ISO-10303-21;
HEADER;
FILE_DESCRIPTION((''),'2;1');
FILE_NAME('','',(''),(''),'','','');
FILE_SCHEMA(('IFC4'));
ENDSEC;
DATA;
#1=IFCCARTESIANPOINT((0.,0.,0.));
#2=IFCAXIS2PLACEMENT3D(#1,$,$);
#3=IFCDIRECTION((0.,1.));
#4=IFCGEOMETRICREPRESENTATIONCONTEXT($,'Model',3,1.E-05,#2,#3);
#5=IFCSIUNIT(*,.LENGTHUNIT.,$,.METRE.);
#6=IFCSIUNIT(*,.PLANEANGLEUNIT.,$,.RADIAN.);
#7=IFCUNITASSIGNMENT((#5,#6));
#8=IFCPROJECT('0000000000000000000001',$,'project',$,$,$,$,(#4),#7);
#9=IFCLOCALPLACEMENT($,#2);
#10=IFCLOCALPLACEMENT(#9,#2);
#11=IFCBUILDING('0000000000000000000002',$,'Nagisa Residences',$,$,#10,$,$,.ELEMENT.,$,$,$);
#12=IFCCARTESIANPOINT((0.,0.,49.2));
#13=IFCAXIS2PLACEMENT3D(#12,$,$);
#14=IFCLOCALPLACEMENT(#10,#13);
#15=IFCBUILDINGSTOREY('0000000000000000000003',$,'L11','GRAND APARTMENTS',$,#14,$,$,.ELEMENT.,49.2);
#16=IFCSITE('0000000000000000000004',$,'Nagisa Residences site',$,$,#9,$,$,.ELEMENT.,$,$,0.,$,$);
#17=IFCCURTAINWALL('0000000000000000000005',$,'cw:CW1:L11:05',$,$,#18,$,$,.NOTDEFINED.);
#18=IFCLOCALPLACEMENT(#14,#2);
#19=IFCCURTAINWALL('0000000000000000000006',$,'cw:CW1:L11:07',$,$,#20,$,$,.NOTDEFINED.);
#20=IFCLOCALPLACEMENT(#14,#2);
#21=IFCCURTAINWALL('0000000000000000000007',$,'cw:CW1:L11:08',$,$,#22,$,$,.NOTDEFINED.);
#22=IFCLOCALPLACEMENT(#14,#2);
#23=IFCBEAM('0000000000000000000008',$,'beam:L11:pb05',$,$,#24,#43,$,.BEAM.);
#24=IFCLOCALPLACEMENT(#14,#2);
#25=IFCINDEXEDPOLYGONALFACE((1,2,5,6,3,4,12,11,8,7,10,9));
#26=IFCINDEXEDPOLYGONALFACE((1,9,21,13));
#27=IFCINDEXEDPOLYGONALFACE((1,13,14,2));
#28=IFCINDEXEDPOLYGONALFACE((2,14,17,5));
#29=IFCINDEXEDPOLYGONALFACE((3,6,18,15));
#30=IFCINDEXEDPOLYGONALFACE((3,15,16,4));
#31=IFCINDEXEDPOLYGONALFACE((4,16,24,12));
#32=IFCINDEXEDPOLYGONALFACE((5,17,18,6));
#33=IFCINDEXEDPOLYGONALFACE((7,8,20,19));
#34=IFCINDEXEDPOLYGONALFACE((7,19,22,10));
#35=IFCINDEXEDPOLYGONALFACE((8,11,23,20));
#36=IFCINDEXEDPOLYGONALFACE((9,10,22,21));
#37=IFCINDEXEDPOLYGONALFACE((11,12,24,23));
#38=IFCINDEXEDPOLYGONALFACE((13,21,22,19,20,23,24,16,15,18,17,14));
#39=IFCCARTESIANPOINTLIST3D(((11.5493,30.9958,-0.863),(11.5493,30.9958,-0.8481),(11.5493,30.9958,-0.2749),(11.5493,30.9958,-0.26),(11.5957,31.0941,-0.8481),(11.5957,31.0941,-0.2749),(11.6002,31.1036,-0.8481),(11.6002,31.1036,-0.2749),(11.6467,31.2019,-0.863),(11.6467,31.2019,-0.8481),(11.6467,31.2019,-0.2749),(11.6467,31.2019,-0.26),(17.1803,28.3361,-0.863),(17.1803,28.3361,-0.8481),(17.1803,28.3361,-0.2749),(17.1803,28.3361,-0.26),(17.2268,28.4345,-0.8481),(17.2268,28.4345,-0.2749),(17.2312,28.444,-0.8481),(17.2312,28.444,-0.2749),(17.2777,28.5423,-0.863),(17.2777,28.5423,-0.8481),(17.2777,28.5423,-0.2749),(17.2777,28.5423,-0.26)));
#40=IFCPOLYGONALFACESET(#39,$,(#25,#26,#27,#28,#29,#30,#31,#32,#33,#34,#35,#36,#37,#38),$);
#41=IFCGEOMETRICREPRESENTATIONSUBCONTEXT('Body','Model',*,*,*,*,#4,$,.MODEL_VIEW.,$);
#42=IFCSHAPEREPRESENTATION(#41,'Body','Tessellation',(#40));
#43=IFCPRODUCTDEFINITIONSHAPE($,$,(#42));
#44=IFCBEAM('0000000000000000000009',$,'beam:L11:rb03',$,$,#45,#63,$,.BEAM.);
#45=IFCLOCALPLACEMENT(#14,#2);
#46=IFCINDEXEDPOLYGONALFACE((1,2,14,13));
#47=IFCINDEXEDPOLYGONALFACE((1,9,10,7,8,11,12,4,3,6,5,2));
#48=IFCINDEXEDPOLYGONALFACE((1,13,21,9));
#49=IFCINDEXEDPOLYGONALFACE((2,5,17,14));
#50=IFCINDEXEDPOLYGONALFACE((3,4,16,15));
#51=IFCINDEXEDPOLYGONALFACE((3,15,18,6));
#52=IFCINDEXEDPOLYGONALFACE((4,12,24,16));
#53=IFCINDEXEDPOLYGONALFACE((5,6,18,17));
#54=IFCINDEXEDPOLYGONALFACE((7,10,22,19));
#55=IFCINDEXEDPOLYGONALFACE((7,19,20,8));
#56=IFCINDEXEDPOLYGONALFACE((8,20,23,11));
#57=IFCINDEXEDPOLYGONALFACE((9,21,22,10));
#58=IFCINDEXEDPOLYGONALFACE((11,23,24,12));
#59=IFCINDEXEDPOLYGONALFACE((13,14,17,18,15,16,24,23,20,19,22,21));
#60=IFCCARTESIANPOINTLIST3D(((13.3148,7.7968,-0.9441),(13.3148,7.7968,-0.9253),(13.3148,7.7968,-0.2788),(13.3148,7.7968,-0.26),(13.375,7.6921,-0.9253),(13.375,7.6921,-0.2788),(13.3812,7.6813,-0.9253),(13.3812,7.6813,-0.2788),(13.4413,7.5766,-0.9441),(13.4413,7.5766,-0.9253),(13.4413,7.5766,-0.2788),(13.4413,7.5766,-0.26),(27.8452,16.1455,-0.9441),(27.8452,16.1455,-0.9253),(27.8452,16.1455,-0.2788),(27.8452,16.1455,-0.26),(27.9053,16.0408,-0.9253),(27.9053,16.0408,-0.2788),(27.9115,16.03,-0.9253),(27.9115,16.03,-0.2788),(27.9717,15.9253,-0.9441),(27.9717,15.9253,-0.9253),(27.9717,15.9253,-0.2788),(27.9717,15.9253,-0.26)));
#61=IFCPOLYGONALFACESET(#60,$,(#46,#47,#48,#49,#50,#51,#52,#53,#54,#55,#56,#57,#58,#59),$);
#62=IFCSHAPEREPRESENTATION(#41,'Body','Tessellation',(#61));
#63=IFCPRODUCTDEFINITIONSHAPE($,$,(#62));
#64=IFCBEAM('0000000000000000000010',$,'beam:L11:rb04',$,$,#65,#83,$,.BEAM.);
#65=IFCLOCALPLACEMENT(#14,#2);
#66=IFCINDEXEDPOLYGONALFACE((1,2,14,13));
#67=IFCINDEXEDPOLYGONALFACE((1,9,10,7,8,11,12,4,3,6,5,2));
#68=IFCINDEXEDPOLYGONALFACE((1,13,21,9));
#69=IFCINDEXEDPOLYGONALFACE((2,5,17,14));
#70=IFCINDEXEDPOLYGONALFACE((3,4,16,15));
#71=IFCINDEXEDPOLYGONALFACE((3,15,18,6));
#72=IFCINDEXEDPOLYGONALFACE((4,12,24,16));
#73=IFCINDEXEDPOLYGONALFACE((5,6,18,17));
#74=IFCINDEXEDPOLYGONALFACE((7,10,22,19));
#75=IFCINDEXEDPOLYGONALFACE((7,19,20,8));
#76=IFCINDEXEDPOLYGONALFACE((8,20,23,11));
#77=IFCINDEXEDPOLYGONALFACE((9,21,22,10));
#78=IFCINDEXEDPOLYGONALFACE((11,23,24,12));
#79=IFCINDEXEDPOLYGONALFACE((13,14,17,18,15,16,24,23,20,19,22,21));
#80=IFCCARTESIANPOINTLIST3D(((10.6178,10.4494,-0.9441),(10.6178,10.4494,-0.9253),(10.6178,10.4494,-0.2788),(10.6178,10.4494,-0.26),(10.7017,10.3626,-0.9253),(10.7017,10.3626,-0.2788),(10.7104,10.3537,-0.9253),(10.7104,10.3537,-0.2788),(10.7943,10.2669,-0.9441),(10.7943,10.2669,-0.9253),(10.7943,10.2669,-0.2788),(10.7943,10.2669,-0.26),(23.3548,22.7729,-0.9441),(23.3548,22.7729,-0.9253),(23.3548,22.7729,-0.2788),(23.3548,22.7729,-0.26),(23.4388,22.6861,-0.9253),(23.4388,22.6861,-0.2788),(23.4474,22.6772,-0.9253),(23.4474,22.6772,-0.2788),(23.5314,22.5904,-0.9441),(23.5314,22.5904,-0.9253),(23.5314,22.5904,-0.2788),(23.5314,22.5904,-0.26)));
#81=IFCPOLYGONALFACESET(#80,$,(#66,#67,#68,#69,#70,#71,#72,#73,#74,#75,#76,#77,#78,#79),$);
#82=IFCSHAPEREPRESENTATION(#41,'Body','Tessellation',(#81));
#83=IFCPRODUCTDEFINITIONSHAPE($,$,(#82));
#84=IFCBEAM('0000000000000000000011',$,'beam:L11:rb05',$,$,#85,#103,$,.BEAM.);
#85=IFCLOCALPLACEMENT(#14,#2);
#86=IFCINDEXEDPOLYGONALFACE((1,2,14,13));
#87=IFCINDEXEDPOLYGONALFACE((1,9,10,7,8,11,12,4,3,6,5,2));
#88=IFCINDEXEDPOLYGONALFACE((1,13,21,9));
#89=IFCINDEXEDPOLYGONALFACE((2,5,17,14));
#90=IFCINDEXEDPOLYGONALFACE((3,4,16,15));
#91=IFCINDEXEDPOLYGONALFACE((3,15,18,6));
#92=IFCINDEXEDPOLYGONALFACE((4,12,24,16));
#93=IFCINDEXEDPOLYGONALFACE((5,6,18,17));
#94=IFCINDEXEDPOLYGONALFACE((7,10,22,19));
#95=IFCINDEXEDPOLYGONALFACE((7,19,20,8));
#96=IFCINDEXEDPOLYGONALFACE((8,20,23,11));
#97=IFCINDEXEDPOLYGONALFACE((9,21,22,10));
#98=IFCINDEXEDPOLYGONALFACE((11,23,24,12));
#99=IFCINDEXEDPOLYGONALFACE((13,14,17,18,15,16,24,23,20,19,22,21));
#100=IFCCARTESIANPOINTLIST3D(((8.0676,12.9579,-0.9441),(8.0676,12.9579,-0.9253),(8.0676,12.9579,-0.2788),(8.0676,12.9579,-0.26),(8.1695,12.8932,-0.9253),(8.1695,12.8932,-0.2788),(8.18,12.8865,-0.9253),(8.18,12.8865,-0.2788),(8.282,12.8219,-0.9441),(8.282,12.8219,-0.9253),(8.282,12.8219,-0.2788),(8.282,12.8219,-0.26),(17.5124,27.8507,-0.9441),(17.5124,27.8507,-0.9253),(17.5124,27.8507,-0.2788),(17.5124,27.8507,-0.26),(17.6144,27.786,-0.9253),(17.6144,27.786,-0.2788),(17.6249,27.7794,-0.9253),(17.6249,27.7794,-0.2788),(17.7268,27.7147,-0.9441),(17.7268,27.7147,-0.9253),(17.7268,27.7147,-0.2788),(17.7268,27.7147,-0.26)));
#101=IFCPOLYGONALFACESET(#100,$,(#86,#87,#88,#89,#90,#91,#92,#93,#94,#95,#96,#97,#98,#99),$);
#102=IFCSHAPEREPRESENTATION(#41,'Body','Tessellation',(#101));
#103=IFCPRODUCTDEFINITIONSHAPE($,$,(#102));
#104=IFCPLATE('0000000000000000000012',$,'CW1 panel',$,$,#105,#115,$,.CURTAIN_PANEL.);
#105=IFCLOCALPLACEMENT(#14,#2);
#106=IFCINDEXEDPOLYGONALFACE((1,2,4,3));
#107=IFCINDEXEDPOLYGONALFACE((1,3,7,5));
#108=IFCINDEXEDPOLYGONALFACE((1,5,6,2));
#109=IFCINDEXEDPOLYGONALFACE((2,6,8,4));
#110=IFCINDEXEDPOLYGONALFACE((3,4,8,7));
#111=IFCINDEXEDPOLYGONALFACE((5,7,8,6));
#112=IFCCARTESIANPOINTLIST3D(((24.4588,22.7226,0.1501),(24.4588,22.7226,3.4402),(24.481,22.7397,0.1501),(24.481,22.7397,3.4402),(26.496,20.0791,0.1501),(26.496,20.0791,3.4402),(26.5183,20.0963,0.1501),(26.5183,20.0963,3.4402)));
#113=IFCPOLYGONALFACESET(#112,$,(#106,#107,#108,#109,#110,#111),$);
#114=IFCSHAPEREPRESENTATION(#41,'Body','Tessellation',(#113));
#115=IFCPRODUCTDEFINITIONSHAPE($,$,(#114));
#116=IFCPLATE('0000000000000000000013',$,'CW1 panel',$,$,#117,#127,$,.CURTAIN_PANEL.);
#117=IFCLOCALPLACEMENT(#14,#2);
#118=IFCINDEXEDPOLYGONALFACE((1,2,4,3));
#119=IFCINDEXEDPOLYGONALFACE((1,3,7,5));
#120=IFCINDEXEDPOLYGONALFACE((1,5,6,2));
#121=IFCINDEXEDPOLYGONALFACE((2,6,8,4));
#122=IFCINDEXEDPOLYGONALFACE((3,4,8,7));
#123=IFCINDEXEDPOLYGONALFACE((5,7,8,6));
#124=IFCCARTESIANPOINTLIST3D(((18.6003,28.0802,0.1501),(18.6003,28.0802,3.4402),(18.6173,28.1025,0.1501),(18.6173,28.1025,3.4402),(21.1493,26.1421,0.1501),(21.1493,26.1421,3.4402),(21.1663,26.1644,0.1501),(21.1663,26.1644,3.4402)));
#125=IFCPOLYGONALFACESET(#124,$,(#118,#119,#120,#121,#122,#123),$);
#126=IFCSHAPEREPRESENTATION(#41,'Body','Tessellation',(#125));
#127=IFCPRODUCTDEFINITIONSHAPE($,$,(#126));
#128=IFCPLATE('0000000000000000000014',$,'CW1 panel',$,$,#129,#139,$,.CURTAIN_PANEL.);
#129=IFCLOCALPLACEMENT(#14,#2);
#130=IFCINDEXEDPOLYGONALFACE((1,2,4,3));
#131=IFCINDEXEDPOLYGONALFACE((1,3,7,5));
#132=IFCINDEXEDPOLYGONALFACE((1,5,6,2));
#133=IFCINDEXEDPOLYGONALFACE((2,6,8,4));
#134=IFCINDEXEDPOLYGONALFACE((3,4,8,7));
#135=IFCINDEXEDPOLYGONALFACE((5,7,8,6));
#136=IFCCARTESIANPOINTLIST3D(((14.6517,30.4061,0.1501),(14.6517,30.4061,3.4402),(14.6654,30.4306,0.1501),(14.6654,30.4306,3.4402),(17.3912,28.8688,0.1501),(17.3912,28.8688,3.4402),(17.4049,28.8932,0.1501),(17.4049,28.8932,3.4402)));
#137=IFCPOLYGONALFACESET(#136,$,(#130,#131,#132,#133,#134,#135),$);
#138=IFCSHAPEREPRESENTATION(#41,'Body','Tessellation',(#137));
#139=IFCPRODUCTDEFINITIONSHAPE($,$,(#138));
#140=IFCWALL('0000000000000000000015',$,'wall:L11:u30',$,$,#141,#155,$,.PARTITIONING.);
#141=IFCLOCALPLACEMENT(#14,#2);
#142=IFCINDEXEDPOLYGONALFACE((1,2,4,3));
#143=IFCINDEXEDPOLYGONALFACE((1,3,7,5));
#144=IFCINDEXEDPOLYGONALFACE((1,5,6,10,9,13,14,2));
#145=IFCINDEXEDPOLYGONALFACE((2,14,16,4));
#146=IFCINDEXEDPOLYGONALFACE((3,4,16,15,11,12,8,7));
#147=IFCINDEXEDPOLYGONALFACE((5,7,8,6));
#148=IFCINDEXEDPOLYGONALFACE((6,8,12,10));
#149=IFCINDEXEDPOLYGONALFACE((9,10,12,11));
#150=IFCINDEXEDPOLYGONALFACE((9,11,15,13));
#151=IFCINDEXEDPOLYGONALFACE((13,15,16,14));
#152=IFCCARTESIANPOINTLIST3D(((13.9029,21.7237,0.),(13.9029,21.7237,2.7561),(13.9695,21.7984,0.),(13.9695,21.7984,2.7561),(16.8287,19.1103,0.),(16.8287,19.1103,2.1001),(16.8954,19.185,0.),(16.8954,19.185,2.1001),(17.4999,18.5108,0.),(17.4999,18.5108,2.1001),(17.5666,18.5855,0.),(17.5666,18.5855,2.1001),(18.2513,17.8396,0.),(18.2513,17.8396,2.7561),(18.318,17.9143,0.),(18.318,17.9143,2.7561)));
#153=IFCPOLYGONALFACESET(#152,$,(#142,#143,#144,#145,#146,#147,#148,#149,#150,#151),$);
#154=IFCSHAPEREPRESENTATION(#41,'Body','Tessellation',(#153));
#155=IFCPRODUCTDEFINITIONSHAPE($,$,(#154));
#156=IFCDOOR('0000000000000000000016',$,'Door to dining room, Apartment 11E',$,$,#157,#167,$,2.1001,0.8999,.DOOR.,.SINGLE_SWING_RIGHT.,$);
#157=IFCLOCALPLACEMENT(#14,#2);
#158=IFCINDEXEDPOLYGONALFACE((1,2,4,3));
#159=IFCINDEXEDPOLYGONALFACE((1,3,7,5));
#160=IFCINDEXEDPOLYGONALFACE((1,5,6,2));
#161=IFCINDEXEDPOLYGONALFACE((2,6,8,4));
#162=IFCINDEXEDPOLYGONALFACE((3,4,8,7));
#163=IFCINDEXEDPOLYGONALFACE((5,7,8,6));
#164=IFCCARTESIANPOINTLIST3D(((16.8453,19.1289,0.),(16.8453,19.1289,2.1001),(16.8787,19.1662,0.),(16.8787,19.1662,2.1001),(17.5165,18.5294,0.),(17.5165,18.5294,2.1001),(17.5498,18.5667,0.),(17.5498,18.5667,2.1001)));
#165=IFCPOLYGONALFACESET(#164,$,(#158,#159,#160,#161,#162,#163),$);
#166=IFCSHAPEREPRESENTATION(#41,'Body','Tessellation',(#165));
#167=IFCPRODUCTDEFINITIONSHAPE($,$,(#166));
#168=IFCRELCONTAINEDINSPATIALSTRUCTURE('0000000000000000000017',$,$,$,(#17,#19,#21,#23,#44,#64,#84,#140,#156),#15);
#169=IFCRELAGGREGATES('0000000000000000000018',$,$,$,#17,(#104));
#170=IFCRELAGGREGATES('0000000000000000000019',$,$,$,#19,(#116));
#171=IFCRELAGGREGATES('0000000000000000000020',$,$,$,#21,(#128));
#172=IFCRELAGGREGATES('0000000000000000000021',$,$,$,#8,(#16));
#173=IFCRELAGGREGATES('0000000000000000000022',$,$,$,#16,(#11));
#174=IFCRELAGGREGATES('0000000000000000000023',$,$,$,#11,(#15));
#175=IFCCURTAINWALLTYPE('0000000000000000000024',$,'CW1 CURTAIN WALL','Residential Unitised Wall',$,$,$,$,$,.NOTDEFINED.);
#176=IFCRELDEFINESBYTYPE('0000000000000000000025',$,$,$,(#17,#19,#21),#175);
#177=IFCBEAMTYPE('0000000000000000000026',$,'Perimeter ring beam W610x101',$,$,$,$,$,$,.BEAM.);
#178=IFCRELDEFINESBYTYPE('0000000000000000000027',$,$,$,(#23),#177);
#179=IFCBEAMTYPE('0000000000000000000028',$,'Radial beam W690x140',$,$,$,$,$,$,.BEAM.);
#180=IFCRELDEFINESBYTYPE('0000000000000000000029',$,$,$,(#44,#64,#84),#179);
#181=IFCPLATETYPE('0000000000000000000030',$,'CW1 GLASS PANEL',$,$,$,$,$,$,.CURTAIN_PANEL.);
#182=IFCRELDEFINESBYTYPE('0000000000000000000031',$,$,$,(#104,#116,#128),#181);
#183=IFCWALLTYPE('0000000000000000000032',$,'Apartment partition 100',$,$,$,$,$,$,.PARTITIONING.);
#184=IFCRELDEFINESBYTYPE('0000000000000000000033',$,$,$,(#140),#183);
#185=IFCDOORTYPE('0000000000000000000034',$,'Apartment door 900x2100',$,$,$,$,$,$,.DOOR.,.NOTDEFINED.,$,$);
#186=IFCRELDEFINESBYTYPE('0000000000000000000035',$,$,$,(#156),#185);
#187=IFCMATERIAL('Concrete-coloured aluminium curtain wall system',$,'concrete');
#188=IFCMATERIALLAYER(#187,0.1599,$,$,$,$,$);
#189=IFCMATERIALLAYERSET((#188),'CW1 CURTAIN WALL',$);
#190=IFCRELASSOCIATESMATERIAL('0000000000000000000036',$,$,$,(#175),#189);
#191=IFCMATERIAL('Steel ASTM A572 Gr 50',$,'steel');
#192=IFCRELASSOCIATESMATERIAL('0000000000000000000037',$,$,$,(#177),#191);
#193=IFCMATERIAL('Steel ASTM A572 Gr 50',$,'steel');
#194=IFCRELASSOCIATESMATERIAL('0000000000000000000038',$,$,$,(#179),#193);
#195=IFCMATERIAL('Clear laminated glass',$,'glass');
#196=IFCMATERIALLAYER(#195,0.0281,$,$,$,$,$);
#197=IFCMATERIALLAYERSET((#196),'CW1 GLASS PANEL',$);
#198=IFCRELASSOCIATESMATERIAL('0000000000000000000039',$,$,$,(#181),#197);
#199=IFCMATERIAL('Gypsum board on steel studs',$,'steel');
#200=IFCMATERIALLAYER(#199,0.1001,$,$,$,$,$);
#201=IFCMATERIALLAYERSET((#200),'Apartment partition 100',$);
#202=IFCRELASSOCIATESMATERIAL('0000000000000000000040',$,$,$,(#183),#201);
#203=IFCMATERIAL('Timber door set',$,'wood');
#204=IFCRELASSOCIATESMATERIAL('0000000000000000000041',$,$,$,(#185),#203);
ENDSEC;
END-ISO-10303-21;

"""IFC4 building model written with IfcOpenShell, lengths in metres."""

from ifc_helpers import new_model, si_unit, direction, frame, frame_2d, origin, origin_2d, place, context, subcontext, project, spatial, rectangle, i_section, extrude, material, layer, layer_set, material_profile, profile_set, type_object, element, fill, aggregate, save


model = new_model("IFC4")

# Units and contexts
model_context = context("Model", 3, precision=1e-05, world=origin(), true_north=direction((0.0, 1.0)))
body_context = subcontext(model_context, "Body", "Model", "MODEL_VIEW")
ifc_project = project(units=[si_unit("LENGTHUNIT", "METRE"), si_unit("PLANEANGLEUNIT", "RADIAN")], contexts=[model_context])

# Site, building, storey
site_placement = place(None, origin())
site = spatial("IfcSite", under=ifc_project, at=site_placement, Name="Nagisa Residences site", CompositionType="ELEMENT", RefElevation=0.0)
building_placement = place(site_placement, origin())
building = spatial("IfcBuilding", under=site, at=building_placement, Name="Nagisa Residences", CompositionType="ELEMENT")
storey_placement = place(building_placement, frame((0.0, 0.0, 49.2)))
storey = spatial("IfcBuildingStorey", under=building, at=storey_placement, Name="L11", Description="GRAND APARTMENTS", CompositionType="ELEMENT", Elevation=49.2)

# Curtain walls
ifc_material_1 = material(Name="Concrete-coloured aluminium curtain wall system", Category="concrete")
ifc_layer_1 = layer(ifc_material_1, 0.1599)
ifc_layer_set_1 = layer_set([ifc_layer_1], Name="CW1 CURTAIN WALL")
curtain_wall_type = type_object("IfcCurtainWallType", Name="CW1 CURTAIN WALL", Description="Residential Unitised Wall", PredefinedType="NOTDEFINED", material=ifc_layer_set_1)
curtain_wall_1_placement = place(storey_placement, origin())
curtain_wall_1 = element("IfcCurtainWall", 1, at=curtain_wall_1_placement, inside=storey, type_object=curtain_wall_type, Name="cw:CW1:L11:05", PredefinedType="NOTDEFINED")
curtain_wall_2_placement = place(storey_placement, origin())
curtain_wall_2 = element("IfcCurtainWall", 2, at=curtain_wall_2_placement, inside=storey, type_object=curtain_wall_type, Name="cw:CW1:L11:07", PredefinedType="NOTDEFINED")
curtain_wall_3_placement = place(storey_placement, origin())
curtain_wall_3 = element("IfcCurtainWall", 3, at=curtain_wall_3_placement, inside=storey, type_object=curtain_wall_type, Name="cw:CW1:L11:08", PredefinedType="NOTDEFINED")

# Beams
ifc_material_2 = material(Name="Steel ASTM A572 Gr 50", Category="steel")
ifc_material_profile_1 = material_profile(ifc_material_2, i_section(OverallWidth=0.228, OverallDepth=0.603, WebThickness=0.0105, FlangeThickness=0.0149, at=origin_2d()), Name="W610x101")
ifc_profile_set_1 = profile_set([ifc_material_profile_1], Name="Steel ASTM A572 Gr 50")
beam_type_1 = type_object("IfcBeamType", Name="Perimeter ring beam W610x101", PredefinedType="BEAM", material=ifc_profile_set_1)
beam_1_placement = place(storey_placement, frame((17.229, 28.4392, -0.5615), z_axis=(-0.904215, 0.427077, 0.0), x_axis=(-0.427077, -0.904215, 0.0)))
element("IfcBeam", 4, at=beam_1_placement, inside=storey, type_object=beam_type_1, Name="beam:L11:pb05", PredefinedType="BEAM", context=body_context, shape_type="SweptSolid", body=[
    extrude(i_section(OverallWidth=0.228, OverallDepth=0.603, WebThickness=0.0105, FlangeThickness=0.0149, at=origin_2d()), origin(), (0.0, 0.0, 1.0), 6.2275),
])
ifc_material_3 = material(Name="Steel ASTM A572 Gr 50", Category="steel")
ifc_material_profile_2 = material_profile(ifc_material_3, i_section(OverallWidth=0.2539, OverallDepth=0.6841, WebThickness=0.0125, FlangeThickness=0.0188, at=origin_2d()), Name="W690x140")
ifc_profile_set_2 = profile_set([ifc_material_profile_2], Name="Steel ASTM A572 Gr 50")
beam_type_2 = type_object("IfcBeamType", Name="Radial beam W690x140", PredefinedType="BEAM", material=ifc_profile_set_2)
beam_2_placement = place(storey_placement, frame((27.9084, 16.0354, -0.6021), z_axis=(-0.867068, -0.49819, 0.0), x_axis=(0.49819, -0.867068, 0.0)))
element("IfcBeam", 5, at=beam_2_placement, inside=storey, type_object=beam_type_2, Name="beam:L11:rb03", PredefinedType="BEAM", context=body_context, shape_type="SweptSolid", body=[
    extrude(i_section(OverallWidth=0.2539, OverallDepth=0.6841, WebThickness=0.0125, FlangeThickness=0.0188, at=origin_2d()), origin(), (0.0, 0.0, 1.0), 16.7581),
])
beam_3_placement = place(storey_placement, frame((23.4431, 22.6816, -0.6021), z_axis=(-0.718678, -0.695343, 0.0), x_axis=(0.695343, -0.718678, 0.0)))
element("IfcBeam", 6, at=beam_3_placement, inside=storey, type_object=beam_type_2, Name="beam:L11:rb04", PredefinedType="BEAM", context=body_context, shape_type="SweptSolid", body=[
    extrude(i_section(OverallWidth=0.2539, OverallDepth=0.6841, WebThickness=0.0125, FlangeThickness=0.0188, at=origin_2d()), origin(), (0.0, 0.0, 1.0), 17.7229),
])
beam_4_placement = place(storey_placement, frame((17.6196, 27.7827, -0.6021), z_axis=(-0.535566, -0.844493, 0.0), x_axis=(0.844493, -0.535566, 0.0)))
element("IfcBeam", 7, at=beam_4_placement, inside=storey, type_object=beam_type_2, Name="beam:L11:rb05", PredefinedType="BEAM", context=body_context, shape_type="SweptSolid", body=[
    extrude(i_section(OverallWidth=0.2539, OverallDepth=0.6841, WebThickness=0.0125, FlangeThickness=0.0188, at=origin_2d()), origin(), (0.0, 0.0, 1.0), 17.6353),
])

# Plates
ifc_material_4 = material(Name="Clear laminated glass", Category="glass")
ifc_layer_2 = layer(ifc_material_4, 0.0281)
ifc_layer_set_2 = layer_set([ifc_layer_2], Name="CW1 GLASS PANEL")
plate_type = type_object("IfcPlateType", Name="CW1 GLASS PANEL", PredefinedType="CURTAIN_PANEL", material=ifc_layer_set_2)
plate_1_placement = place(storey_placement, frame((25.4885, 21.4094, 0.1501), z_axis=(0.0, 0.0, 1.0), x_axis=(-0.61043, 0.79207, 0.0)))
plate_1 = element("IfcPlate", 8, at=plate_1_placement, type_object=plate_type, Name="CW1 panel", PredefinedType="CURTAIN_PANEL", context=body_context, shape_type="SweptSolid", body=[
    extrude(rectangle(XDim=3.3374, YDim=0.0281, at=origin_2d()), origin(), (0.0, 0.0, 1.0), 3.29),
])
aggregate(curtain_wall_1, [plate_1])
plate_2_placement = place(storey_placement, frame((19.8833, 27.1223, 0.1501), z_axis=(0.0, 0.0, 1.0), x_axis=(-0.796031, 0.605255, 0.0)))
plate_2 = element("IfcPlate", 9, at=plate_2_placement, type_object=plate_type, Name="CW1 panel", PredefinedType="CURTAIN_PANEL", context=body_context, shape_type="SweptSolid", body=[
    extrude(rectangle(XDim=3.2021, YDim=0.0281, at=origin_2d()), origin(), (0.0, 0.0, 1.0), 3.29),
])
aggregate(curtain_wall_2, [plate_2])
plate_3_placement = place(storey_placement, frame((16.0283, 29.6497, 0.1501), z_axis=(0.0, 0.0, 1.0), x_axis=(-0.872072, 0.489377, 0.0)))
plate_3 = element("IfcPlate", 10, at=plate_3_placement, type_object=plate_type, Name="CW1 panel", PredefinedType="CURTAIN_PANEL", context=body_context, shape_type="SweptSolid", body=[
    extrude(rectangle(XDim=3.1414, YDim=0.0281, at=origin_2d()), origin(), (0.0, 0.0, 1.0), 3.29),
])
aggregate(curtain_wall_3, [plate_3])

# Wall, opening, door
ifc_material_5 = material(Name="Gypsum board on steel studs", Category="steel")
ifc_layer_3 = layer(ifc_material_5, 0.1001)
ifc_layer_set_3 = layer_set([ifc_layer_3], Name="Apartment partition 100")
wall_type_1 = type_object("IfcWallType", Name="Apartment partition 100", PredefinedType="PARTITIONING", material=ifc_layer_set_3)
wall_1_placement = place(storey_placement, frame((18.2847, 17.877, 0.0), z_axis=(0.0, 0.0, 1.0), x_axis=(-0.745806, 0.666163, 0.0)))
wall_1 = element("IfcWall", 11, at=wall_1_placement, inside=storey, type_object=wall_type_1, Name="wall:L11:u30", PredefinedType="PARTITIONING", context=body_context, shape_type="SweptSolid", body=[
    extrude(rectangle(XDim=5.8306, YDim=0.1001, at=frame_2d((2.9153, 0.0))), origin(), (0.0, 0.0, 1.0), 2.7561),
])
opening_1_placement = place(wall_1_placement, frame((1.0076, 0.0, 0.0)))
opening_1 = element("IfcOpeningElement", 12, at=opening_1_placement, cuts=wall_1, PredefinedType="OPENING", context=body_context, shape_type="SweptSolid", body=[
    extrude(rectangle(XDim=0.8999, YDim=2.1001, at=frame_2d((0.45, 1.05))), frame((0.0, 0.0601, 0.0), z_axis=(0.0, -1.0, 0.0), x_axis=(1.0, 0.0, 0.0)), (0.0, 0.0, 1.0), 0.1201),
])
ifc_material_6 = material(Name="Timber door set", Category="wood")
door_type_1 = type_object("IfcDoorType", Name="Apartment door 900x2100", OperationType="NOTDEFINED", PredefinedType="DOOR", material=ifc_material_6)
door_1_placement = place(opening_1_placement, frame((0.8999, 0.0, 0.0), x_axis=(-1.0, 0.0, 0.0)))
door_1 = element("IfcDoor", 13, at=door_1_placement, inside=storey, type_object=door_type_1, Name="Door to dining room, Apartment 11E", OperationType="SINGLE_SWING_RIGHT", OverallHeight=2.1001, OverallWidth=0.8999, PredefinedType="DOOR", context=body_context, shape_type="SweptSolid", body=[
    extrude(rectangle(XDim=0.8999, YDim=2.1001, at=frame_2d((0.45, 1.05))), frame((0.0, 0.0249, 0.0), z_axis=(0.0, -1.0, 0.0), x_axis=(1.0, 0.0, 0.0)), (0.0, 0.0, 1.0), 0.05),
])
fill(opening_1, door_1)

save(model, "model.ifc")
